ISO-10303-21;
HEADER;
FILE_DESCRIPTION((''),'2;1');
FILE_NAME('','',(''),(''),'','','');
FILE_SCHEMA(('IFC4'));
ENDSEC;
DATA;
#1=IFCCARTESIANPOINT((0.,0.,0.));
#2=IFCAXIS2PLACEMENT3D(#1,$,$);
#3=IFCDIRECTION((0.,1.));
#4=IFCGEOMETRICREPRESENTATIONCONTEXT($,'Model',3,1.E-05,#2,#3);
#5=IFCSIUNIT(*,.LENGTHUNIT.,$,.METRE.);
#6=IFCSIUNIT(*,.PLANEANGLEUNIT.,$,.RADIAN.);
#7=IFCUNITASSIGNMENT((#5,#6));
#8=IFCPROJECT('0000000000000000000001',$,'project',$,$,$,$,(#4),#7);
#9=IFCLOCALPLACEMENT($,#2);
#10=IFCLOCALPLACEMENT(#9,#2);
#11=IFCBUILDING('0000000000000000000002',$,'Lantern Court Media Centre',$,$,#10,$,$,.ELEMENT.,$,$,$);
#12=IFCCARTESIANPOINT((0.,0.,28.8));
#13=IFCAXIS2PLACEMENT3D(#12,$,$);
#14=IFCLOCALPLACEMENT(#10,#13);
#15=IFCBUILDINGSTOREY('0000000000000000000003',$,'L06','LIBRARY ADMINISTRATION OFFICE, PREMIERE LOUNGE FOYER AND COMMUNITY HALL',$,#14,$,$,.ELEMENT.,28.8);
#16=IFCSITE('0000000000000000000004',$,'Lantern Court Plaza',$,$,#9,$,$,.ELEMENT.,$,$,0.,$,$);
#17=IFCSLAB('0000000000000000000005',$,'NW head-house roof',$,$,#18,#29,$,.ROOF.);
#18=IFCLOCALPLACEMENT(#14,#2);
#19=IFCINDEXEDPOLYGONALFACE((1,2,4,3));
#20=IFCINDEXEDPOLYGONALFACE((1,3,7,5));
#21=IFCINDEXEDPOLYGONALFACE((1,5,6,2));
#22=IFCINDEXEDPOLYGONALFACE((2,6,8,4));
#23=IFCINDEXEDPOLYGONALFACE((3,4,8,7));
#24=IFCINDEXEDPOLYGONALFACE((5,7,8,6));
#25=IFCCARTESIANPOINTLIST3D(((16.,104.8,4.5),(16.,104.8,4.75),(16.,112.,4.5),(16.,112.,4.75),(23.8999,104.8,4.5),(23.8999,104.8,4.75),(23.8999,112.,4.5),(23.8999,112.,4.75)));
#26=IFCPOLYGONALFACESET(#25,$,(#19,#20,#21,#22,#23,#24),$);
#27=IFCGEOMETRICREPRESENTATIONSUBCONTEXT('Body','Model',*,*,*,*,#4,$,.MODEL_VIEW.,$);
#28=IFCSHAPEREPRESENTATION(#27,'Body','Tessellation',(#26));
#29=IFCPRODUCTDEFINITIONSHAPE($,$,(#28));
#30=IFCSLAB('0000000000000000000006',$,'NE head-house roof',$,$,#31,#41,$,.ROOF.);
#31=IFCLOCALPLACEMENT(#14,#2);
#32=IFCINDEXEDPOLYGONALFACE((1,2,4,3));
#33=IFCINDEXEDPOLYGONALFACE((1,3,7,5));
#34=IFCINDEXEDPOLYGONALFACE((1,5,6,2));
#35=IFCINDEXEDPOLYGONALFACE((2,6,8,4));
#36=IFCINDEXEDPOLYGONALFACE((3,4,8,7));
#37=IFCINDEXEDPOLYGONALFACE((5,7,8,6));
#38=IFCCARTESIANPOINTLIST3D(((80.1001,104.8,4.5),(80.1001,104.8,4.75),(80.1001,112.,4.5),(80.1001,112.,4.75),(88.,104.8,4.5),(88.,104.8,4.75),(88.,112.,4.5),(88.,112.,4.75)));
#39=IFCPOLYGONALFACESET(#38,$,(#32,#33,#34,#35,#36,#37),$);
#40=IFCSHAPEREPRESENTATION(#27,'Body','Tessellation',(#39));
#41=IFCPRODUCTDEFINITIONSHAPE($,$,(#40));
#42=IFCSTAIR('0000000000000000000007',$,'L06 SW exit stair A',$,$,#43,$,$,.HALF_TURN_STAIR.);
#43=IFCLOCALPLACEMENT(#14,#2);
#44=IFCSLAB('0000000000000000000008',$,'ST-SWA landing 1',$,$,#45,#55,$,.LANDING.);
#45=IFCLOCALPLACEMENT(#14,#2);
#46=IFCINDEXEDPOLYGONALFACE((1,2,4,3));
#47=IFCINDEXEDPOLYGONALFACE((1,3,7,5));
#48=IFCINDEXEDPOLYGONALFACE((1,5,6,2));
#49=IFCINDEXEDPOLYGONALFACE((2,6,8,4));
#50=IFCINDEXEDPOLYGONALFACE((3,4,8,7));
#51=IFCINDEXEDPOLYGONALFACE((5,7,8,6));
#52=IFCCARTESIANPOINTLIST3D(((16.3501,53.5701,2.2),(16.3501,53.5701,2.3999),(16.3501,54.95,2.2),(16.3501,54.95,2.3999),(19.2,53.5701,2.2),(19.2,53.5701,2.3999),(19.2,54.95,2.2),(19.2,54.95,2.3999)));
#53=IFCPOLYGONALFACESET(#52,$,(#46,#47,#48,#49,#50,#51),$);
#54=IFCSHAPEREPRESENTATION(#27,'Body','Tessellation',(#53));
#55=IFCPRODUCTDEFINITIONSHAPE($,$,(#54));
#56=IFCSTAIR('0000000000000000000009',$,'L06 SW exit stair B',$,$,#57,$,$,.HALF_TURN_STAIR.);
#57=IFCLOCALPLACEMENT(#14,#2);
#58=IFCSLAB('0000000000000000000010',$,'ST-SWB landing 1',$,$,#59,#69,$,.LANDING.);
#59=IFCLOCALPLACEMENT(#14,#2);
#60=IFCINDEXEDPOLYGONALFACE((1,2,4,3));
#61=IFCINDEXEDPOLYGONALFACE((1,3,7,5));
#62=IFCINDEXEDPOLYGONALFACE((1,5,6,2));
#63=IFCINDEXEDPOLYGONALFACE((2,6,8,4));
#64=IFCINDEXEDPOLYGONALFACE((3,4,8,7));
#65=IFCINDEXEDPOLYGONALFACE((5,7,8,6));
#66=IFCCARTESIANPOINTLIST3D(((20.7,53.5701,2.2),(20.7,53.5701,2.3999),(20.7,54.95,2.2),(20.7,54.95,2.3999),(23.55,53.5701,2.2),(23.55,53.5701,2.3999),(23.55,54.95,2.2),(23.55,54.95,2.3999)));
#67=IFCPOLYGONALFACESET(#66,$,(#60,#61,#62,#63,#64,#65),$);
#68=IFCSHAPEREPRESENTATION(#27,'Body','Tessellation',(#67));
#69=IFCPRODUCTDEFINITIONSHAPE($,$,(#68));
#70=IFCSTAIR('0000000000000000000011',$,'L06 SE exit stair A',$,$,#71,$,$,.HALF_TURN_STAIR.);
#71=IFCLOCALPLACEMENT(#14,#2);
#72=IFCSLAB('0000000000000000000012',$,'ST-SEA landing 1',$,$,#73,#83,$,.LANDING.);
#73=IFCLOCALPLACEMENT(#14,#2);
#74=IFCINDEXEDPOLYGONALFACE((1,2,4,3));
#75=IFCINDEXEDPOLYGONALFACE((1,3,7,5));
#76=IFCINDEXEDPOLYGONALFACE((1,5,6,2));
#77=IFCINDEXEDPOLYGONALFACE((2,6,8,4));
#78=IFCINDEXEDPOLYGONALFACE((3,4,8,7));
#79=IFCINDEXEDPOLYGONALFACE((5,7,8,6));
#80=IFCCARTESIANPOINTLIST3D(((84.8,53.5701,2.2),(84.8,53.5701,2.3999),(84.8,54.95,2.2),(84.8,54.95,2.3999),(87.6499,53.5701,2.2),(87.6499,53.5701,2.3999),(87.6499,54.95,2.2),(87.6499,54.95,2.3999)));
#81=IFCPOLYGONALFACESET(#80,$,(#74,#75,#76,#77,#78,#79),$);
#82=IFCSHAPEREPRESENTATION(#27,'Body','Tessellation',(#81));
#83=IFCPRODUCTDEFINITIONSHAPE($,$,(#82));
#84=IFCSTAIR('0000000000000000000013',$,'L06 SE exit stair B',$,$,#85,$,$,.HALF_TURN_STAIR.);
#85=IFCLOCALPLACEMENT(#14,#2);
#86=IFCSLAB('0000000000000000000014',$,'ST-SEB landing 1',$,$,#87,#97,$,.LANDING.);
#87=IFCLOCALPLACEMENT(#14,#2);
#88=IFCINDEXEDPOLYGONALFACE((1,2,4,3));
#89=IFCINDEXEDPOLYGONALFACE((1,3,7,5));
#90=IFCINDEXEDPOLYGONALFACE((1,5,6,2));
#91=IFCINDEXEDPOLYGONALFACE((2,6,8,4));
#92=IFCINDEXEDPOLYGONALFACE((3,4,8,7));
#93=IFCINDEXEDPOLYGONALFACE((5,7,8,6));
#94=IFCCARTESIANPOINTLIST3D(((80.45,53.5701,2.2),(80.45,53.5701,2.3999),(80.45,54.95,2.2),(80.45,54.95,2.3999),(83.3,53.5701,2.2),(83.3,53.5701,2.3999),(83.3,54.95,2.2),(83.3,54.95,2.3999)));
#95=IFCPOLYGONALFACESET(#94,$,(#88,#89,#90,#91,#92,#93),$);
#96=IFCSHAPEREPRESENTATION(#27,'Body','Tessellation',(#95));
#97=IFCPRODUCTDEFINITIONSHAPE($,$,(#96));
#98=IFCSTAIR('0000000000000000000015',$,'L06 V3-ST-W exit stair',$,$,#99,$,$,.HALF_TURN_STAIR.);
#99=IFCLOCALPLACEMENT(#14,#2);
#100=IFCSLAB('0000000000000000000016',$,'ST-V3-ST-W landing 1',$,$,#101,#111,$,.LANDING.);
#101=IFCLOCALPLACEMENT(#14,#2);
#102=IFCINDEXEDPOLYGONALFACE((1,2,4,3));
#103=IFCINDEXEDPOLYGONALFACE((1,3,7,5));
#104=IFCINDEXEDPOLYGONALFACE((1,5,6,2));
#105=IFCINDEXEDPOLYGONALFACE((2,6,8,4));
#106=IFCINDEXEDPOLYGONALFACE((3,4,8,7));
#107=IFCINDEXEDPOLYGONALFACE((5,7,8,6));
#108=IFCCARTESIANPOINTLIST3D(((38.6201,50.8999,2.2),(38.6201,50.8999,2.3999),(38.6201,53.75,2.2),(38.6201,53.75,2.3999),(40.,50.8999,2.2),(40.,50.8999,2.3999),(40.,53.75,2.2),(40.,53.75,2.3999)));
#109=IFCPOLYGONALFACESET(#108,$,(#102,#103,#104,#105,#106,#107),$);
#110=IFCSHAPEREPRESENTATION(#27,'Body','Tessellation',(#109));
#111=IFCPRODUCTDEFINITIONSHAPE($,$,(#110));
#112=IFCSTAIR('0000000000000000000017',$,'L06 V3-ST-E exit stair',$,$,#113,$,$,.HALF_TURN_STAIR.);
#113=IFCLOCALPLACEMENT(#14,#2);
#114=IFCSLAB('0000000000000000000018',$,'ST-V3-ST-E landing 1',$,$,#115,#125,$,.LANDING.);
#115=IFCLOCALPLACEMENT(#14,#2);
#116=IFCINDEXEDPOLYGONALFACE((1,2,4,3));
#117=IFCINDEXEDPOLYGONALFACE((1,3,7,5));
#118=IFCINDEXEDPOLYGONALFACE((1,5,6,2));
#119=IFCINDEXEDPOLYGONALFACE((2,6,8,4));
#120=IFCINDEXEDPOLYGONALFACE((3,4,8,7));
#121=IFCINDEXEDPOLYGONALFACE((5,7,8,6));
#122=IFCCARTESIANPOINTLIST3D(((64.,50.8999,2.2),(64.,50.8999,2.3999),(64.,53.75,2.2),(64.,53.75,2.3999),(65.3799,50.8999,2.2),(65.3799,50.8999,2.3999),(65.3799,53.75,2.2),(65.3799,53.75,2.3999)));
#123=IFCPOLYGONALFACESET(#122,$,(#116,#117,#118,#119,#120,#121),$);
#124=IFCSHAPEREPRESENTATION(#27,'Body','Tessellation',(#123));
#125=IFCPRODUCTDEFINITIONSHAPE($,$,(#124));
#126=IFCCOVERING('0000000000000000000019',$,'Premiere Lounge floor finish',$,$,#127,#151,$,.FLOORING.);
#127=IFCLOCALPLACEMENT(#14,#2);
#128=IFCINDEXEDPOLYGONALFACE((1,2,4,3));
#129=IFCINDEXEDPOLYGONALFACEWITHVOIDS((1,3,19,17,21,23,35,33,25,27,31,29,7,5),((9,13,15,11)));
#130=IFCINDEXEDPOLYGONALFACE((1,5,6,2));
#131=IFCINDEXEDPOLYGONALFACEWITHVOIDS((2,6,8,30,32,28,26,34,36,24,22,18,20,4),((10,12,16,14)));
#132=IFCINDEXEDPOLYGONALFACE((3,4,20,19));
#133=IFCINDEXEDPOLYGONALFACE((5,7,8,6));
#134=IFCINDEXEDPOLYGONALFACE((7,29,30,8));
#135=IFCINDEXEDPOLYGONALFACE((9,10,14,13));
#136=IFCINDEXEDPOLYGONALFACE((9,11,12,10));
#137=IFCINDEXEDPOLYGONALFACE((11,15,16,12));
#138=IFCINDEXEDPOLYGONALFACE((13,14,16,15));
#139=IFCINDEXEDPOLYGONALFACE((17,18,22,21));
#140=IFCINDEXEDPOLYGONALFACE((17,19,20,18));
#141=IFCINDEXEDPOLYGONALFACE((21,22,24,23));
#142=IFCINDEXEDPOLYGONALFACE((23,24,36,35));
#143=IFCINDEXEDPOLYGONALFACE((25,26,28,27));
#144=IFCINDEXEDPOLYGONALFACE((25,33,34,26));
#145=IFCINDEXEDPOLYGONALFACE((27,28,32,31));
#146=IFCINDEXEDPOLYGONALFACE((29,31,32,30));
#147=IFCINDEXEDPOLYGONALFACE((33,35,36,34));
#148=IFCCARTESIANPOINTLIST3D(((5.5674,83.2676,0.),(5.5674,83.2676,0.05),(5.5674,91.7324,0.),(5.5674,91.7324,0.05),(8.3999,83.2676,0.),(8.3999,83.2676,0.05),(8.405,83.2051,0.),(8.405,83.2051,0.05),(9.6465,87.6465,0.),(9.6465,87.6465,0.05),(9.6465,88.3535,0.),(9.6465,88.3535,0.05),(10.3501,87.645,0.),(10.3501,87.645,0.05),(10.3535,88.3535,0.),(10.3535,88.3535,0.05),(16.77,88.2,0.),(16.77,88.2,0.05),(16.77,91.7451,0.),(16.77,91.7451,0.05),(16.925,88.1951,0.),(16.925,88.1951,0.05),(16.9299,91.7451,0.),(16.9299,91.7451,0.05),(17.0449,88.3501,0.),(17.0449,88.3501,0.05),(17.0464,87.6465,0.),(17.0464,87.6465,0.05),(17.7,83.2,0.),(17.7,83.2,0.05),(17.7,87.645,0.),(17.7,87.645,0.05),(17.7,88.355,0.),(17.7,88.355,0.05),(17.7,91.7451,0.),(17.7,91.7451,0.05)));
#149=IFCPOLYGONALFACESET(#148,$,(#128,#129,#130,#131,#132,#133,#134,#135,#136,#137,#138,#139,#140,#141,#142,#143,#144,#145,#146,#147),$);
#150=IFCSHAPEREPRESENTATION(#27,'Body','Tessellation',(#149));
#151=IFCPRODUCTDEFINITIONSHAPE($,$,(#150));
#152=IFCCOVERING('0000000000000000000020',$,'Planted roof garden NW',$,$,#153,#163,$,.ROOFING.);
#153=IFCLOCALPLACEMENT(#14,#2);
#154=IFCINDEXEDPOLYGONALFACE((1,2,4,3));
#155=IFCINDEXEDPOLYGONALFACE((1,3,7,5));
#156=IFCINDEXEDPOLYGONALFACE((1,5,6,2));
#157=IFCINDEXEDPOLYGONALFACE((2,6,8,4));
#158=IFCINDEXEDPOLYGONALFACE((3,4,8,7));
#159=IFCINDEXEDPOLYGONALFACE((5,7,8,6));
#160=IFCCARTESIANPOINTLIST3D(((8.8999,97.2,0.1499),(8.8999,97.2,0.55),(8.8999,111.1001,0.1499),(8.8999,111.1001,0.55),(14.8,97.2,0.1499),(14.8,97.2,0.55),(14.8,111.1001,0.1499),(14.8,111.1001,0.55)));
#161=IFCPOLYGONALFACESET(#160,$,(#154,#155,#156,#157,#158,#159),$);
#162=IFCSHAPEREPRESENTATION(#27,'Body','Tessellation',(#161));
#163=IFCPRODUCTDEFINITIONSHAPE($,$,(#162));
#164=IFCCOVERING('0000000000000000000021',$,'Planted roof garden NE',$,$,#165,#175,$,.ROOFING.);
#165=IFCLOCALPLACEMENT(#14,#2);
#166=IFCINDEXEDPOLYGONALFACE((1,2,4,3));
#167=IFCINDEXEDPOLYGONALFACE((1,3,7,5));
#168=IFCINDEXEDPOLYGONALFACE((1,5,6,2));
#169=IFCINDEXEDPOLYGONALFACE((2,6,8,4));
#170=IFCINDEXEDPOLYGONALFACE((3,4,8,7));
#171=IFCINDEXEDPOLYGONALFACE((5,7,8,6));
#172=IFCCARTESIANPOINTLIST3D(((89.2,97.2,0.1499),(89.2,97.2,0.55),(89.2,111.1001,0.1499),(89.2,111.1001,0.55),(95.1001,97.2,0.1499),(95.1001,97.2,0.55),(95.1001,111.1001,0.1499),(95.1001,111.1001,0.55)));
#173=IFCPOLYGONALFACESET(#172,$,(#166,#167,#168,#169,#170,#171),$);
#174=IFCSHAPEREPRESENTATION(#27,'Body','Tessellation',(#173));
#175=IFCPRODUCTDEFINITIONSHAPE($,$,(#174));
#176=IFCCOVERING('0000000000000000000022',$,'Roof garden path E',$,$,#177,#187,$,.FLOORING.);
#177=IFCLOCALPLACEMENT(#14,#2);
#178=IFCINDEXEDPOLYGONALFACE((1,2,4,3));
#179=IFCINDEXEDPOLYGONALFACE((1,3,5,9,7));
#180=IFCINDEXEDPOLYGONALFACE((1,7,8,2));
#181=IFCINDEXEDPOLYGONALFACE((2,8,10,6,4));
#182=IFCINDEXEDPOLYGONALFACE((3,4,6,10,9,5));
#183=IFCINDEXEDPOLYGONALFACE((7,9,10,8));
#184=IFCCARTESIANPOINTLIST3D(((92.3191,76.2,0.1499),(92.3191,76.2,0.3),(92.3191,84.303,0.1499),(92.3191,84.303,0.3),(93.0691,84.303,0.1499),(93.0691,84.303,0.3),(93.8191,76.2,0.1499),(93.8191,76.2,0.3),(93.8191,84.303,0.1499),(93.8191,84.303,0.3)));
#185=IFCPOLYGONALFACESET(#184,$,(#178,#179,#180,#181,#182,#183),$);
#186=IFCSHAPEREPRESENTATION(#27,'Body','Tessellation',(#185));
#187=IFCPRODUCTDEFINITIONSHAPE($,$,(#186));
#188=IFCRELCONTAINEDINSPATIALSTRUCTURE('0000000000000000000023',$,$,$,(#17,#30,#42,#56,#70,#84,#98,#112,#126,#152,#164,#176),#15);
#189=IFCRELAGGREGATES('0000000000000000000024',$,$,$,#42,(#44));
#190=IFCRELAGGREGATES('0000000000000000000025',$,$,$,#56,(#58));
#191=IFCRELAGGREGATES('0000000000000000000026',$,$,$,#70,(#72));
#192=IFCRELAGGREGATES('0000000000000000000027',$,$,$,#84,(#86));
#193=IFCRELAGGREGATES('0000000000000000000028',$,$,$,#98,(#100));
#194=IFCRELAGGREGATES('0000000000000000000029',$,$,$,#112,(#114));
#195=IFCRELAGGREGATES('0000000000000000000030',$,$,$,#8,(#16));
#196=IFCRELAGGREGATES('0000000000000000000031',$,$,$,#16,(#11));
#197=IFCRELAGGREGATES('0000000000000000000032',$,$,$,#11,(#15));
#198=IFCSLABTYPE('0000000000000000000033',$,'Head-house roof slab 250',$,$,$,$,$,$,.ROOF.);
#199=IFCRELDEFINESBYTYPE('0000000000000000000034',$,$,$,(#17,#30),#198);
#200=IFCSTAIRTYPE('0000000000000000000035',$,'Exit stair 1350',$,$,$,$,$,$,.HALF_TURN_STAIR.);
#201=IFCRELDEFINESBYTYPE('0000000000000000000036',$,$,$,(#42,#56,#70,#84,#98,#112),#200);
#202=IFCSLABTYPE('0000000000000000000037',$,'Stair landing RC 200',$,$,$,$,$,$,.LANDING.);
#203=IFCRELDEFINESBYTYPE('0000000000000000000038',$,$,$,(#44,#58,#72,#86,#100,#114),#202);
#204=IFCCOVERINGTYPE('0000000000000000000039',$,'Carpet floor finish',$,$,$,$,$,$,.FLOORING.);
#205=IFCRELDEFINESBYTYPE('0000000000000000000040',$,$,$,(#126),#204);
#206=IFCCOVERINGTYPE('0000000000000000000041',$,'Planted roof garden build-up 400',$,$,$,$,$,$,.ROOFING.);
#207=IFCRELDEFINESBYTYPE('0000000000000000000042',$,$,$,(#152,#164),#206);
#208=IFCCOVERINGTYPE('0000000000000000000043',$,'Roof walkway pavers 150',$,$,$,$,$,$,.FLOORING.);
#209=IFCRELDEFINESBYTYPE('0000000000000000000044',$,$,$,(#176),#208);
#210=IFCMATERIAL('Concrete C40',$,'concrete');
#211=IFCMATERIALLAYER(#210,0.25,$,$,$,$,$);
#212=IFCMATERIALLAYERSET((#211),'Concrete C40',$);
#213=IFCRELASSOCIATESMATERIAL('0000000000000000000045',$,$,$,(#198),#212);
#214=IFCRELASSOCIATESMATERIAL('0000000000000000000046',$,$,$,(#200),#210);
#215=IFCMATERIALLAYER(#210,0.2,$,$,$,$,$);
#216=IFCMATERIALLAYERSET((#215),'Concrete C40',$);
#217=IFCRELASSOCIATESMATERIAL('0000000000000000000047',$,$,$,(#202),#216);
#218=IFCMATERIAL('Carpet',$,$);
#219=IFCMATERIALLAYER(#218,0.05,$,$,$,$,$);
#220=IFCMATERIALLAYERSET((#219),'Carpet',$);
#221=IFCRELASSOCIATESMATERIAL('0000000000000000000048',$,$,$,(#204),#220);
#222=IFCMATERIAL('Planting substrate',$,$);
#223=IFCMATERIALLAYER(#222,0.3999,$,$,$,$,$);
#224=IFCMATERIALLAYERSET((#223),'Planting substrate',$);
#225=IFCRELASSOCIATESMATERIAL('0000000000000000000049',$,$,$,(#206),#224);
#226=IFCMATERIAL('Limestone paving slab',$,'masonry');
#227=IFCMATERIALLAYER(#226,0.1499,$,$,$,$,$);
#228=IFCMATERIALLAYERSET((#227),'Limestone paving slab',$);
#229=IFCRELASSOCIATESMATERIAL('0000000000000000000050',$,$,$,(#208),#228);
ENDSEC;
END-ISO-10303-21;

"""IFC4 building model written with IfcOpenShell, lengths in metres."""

from ifc_helpers import new_model, si_unit, direction, frame, origin, place, context, subcontext, project, spatial, polyline, outline, extrude, material, layer, layer_set, type_object, element, aggregate, save


model = new_model("IFC4")

# Units and contexts
model_context = context("Model", 3, precision=1e-05, world=origin(), true_north=direction((0.0, 1.0)))
body_context = subcontext(model_context, "Body", "Model", "MODEL_VIEW")
ifc_project = project(units=[si_unit("LENGTHUNIT", "METRE"), si_unit("PLANEANGLEUNIT", "RADIAN")], contexts=[model_context])

# Site, building, storey
site_placement = place(None, origin())
site = spatial("IfcSite", under=ifc_project, at=site_placement, Name="Lantern Court Plaza", CompositionType="ELEMENT", RefElevation=0.0)
building_placement = place(site_placement, origin())
building = spatial("IfcBuilding", under=site, at=building_placement, Name="Lantern Court Media Centre", CompositionType="ELEMENT")
storey_placement = place(building_placement, frame((0.0, 0.0, 28.8)))
storey = spatial("IfcBuildingStorey", under=building, at=storey_placement, Name="L06", Description="LIBRARY ADMINISTRATION OFFICE, PREMIERE LOUNGE FOYER AND COMMUNITY HALL", CompositionType="ELEMENT", Elevation=28.8)

# Slabs
ifc_material_1 = material(Name="Concrete C40", Category="concrete")
ifc_layer_1 = layer(ifc_material_1, 0.25)
ifc_layer_set_1 = layer_set([ifc_layer_1], Name="Concrete C40")
slab_type_1 = type_object("IfcSlabType", Name="Head-house roof slab 250", PredefinedType="ROOF", material=ifc_layer_set_1)
slab_1_placement = place(storey_placement, frame((0.0, 0.0, 4.5)))
element("IfcSlab", 1, at=slab_1_placement, inside=storey, type_object=slab_type_1, Name="NW head-house roof", PredefinedType="ROOF", context=body_context, shape_type="SweptSolid", body=[
    extrude(outline(polyline([(16.0, 112.0), (23.8999, 112.0), (23.8999, 104.8), (16.0, 104.8), (16.0, 112.0)])), origin(), (0.0, 0.0, 1.0), 0.25),
])
slab_2_placement = place(storey_placement, frame((0.0, 0.0, 4.5)))
element("IfcSlab", 2, at=slab_2_placement, inside=storey, type_object=slab_type_1, Name="NE head-house roof", PredefinedType="ROOF", context=body_context, shape_type="SweptSolid", body=[
    extrude(outline(polyline([(88.0, 112.0), (80.1001, 112.0), (80.1001, 104.8), (88.0, 104.8), (88.0, 112.0)])), origin(), (0.0, 0.0, 1.0), 0.25),
])

# Stairs, slabs
stair_type = type_object("IfcStairType", Name="Exit stair 1350", PredefinedType="HALF_TURN_STAIR", material=ifc_material_1)
stair_1_placement = place(storey_placement, origin())
stair_1 = element("IfcStair", 3, at=stair_1_placement, inside=storey, type_object=stair_type, Name="L06 SW exit stair A", PredefinedType="HALF_TURN_STAIR")
ifc_layer_2 = layer(ifc_material_1, 0.2)
ifc_layer_set_2 = layer_set([ifc_layer_2], Name="Concrete C40")
slab_type_2 = type_object("IfcSlabType", Name="Stair landing RC 200", PredefinedType="LANDING", material=ifc_layer_set_2)
slab_3_placement = place(storey_placement, frame((0.0, 0.0, 2.2)))
slab_3 = element("IfcSlab", 4, at=slab_3_placement, type_object=slab_type_2, Name="ST-SWA landing 1", PredefinedType="LANDING", context=body_context, shape_type="SweptSolid", body=[
    extrude(outline(polyline([(19.2, 53.5701), (19.2, 54.95), (16.3501, 54.95), (16.3501, 53.5701), (19.2, 53.5701)])), origin(), (0.0, 0.0, 1.0), 0.2),
])
aggregate(stair_1, [slab_3])
stair_2_placement = place(storey_placement, origin())
stair_2 = element("IfcStair", 5, at=stair_2_placement, inside=storey, type_object=stair_type, Name="L06 SW exit stair B", PredefinedType="HALF_TURN_STAIR")
slab_4_placement = place(storey_placement, frame((0.0, 0.0, 2.2)))
slab_4 = element("IfcSlab", 6, at=slab_4_placement, type_object=slab_type_2, Name="ST-SWB landing 1", PredefinedType="LANDING", context=body_context, shape_type="SweptSolid", body=[
    extrude(outline(polyline([(23.55, 53.5701), (23.55, 54.95), (20.7, 54.95), (20.7, 53.5701), (23.55, 53.5701)])), origin(), (0.0, 0.0, 1.0), 0.2),
])
aggregate(stair_2, [slab_4])
stair_3_placement = place(storey_placement, origin())
stair_3 = element("IfcStair", 7, at=stair_3_placement, inside=storey, type_object=stair_type, Name="L06 SE exit stair A", PredefinedType="HALF_TURN_STAIR")
slab_5_placement = place(storey_placement, frame((0.0, 0.0, 2.2)))
slab_5 = element("IfcSlab", 8, at=slab_5_placement, type_object=slab_type_2, Name="ST-SEA landing 1", PredefinedType="LANDING", context=body_context, shape_type="SweptSolid", body=[
    extrude(outline(polyline([(87.6499, 53.5701), (87.6499, 54.95), (84.8, 54.95), (84.8, 53.5701), (87.6499, 53.5701)])), origin(), (0.0, 0.0, 1.0), 0.2),
])
aggregate(stair_3, [slab_5])
stair_4_placement = place(storey_placement, origin())
stair_4 = element("IfcStair", 9, at=stair_4_placement, inside=storey, type_object=stair_type, Name="L06 SE exit stair B", PredefinedType="HALF_TURN_STAIR")
slab_6_placement = place(storey_placement, frame((0.0, 0.0, 2.2)))
slab_6 = element("IfcSlab", 10, at=slab_6_placement, type_object=slab_type_2, Name="ST-SEB landing 1", PredefinedType="LANDING", context=body_context, shape_type="SweptSolid", body=[
    extrude(outline(polyline([(83.3, 53.5701), (83.3, 54.95), (80.45, 54.95), (80.45, 53.5701), (83.3, 53.5701)])), origin(), (0.0, 0.0, 1.0), 0.2),
])
aggregate(stair_4, [slab_6])
stair_5_placement = place(storey_placement, origin())
stair_5 = element("IfcStair", 11, at=stair_5_placement, inside=storey, type_object=stair_type, Name="L06 V3-ST-W exit stair", PredefinedType="HALF_TURN_STAIR")
slab_7_placement = place(storey_placement, frame((0.0, 0.0, 2.2)))
slab_7 = element("IfcSlab", 12, at=slab_7_placement, type_object=slab_type_2, Name="ST-V3-ST-W landing 1", PredefinedType="LANDING", context=body_context, shape_type="SweptSolid", body=[
    extrude(outline(polyline([(38.6201, 50.8999), (40.0, 50.8999), (40.0, 53.75), (38.6201, 53.75), (38.6201, 50.8999)])), origin(), (0.0, 0.0, 1.0), 0.2),
])
aggregate(stair_5, [slab_7])
stair_6_placement = place(storey_placement, origin())
stair_6 = element("IfcStair", 13, at=stair_6_placement, inside=storey, type_object=stair_type, Name="L06 V3-ST-E exit stair", PredefinedType="HALF_TURN_STAIR")
slab_8_placement = place(storey_placement, frame((0.0, 0.0, 2.2)))
slab_8 = element("IfcSlab", 14, at=slab_8_placement, type_object=slab_type_2, Name="ST-V3-ST-E landing 1", PredefinedType="LANDING", context=body_context, shape_type="SweptSolid", body=[
    extrude(outline(polyline([(65.3799, 53.75), (64.0, 53.75), (64.0, 50.8999), (65.3799, 50.8999), (65.3799, 53.75)])), origin(), (0.0, 0.0, 1.0), 0.2),
])
aggregate(stair_6, [slab_8])

# Coverings
ifc_material_2 = material(Name="Carpet")
ifc_layer_3 = layer(ifc_material_2, 0.05)
ifc_layer_set_3 = layer_set([ifc_layer_3], Name="Carpet")
covering_type_1 = type_object("IfcCoveringType", Name="Carpet floor finish", PredefinedType="FLOORING", material=ifc_layer_set_3)
covering_1_placement = place(storey_placement, origin())
element("IfcCovering", 15, at=covering_1_placement, inside=storey, type_object=covering_type_1, Name="Premiere Lounge floor finish", PredefinedType="FLOORING", context=body_context, shape_type="SweptSolid", body=[
    extrude(outline(polyline([(17.7, 83.2), (8.405, 83.2051), (8.3999, 83.2676), (5.5674, 83.2676), (5.5674, 91.7324), (16.77, 91.7451), (16.77, 88.2), (16.925, 88.1951), (16.9299, 91.7451), (17.7, 91.7451), (17.7, 88.355), (17.0449, 88.3501), (17.0464, 87.6465), (17.7, 87.645), (17.7, 83.2)]), holes=[polyline([(10.3501, 87.645), (10.3535, 88.3535), (9.6465, 88.3535), (9.6465, 87.6465), (10.3501, 87.645)])]), origin(), (0.0, 0.0, 1.0), 0.05),
])
ifc_material_3 = material(Name="Planting substrate")
ifc_layer_4 = layer(ifc_material_3, 0.3999)
ifc_layer_set_4 = layer_set([ifc_layer_4], Name="Planting substrate")
covering_type_2 = type_object("IfcCoveringType", Name="Planted roof garden build-up 400", PredefinedType="ROOFING", material=ifc_layer_set_4)
covering_2_placement = place(storey_placement, frame((0.0, 0.0, 0.1499)))
element("IfcCovering", 16, at=covering_2_placement, inside=storey, type_object=covering_type_2, Name="Planted roof garden NW", PredefinedType="ROOFING", context=body_context, shape_type="SweptSolid", body=[
    extrude(outline(polyline([(14.8, 111.1001), (14.8, 97.2), (8.8999, 97.2), (8.8999, 111.1001), (14.8, 111.1001)])), origin(), (0.0, 0.0, 1.0), 0.4001),
])
covering_3_placement = place(storey_placement, frame((0.0, 0.0, 0.1499)))
element("IfcCovering", 17, at=covering_3_placement, inside=storey, type_object=covering_type_2, Name="Planted roof garden NE", PredefinedType="ROOFING", context=body_context, shape_type="SweptSolid", body=[
    extrude(outline(polyline([(89.2, 97.2), (89.2, 111.1001), (95.1001, 111.1001), (95.1001, 97.2), (89.2, 97.2)])), origin(), (0.0, 0.0, 1.0), 0.4001),
])
ifc_material_4 = material(Name="Limestone paving slab", Category="masonry")
ifc_layer_5 = layer(ifc_material_4, 0.1499)
ifc_layer_set_5 = layer_set([ifc_layer_5], Name="Limestone paving slab")
covering_type_3 = type_object("IfcCoveringType", Name="Roof walkway pavers 150", PredefinedType="FLOORING", material=ifc_layer_set_5)
covering_4_placement = place(storey_placement, frame((0.0, 0.0, 0.1499)))
element("IfcCovering", 18, at=covering_4_placement, inside=storey, type_object=covering_type_3, Name="Roof garden path E", PredefinedType="FLOORING", context=body_context, shape_type="SweptSolid", body=[
    extrude(outline(polyline([(93.8191, 76.2), (92.3191, 76.2), (92.3191, 84.303), (93.0691, 84.303), (93.8191, 84.303), (93.8191, 76.2)])), origin(), (0.0, 0.0, 1.0), 0.1501),
])

save(model, "model.ifc")
